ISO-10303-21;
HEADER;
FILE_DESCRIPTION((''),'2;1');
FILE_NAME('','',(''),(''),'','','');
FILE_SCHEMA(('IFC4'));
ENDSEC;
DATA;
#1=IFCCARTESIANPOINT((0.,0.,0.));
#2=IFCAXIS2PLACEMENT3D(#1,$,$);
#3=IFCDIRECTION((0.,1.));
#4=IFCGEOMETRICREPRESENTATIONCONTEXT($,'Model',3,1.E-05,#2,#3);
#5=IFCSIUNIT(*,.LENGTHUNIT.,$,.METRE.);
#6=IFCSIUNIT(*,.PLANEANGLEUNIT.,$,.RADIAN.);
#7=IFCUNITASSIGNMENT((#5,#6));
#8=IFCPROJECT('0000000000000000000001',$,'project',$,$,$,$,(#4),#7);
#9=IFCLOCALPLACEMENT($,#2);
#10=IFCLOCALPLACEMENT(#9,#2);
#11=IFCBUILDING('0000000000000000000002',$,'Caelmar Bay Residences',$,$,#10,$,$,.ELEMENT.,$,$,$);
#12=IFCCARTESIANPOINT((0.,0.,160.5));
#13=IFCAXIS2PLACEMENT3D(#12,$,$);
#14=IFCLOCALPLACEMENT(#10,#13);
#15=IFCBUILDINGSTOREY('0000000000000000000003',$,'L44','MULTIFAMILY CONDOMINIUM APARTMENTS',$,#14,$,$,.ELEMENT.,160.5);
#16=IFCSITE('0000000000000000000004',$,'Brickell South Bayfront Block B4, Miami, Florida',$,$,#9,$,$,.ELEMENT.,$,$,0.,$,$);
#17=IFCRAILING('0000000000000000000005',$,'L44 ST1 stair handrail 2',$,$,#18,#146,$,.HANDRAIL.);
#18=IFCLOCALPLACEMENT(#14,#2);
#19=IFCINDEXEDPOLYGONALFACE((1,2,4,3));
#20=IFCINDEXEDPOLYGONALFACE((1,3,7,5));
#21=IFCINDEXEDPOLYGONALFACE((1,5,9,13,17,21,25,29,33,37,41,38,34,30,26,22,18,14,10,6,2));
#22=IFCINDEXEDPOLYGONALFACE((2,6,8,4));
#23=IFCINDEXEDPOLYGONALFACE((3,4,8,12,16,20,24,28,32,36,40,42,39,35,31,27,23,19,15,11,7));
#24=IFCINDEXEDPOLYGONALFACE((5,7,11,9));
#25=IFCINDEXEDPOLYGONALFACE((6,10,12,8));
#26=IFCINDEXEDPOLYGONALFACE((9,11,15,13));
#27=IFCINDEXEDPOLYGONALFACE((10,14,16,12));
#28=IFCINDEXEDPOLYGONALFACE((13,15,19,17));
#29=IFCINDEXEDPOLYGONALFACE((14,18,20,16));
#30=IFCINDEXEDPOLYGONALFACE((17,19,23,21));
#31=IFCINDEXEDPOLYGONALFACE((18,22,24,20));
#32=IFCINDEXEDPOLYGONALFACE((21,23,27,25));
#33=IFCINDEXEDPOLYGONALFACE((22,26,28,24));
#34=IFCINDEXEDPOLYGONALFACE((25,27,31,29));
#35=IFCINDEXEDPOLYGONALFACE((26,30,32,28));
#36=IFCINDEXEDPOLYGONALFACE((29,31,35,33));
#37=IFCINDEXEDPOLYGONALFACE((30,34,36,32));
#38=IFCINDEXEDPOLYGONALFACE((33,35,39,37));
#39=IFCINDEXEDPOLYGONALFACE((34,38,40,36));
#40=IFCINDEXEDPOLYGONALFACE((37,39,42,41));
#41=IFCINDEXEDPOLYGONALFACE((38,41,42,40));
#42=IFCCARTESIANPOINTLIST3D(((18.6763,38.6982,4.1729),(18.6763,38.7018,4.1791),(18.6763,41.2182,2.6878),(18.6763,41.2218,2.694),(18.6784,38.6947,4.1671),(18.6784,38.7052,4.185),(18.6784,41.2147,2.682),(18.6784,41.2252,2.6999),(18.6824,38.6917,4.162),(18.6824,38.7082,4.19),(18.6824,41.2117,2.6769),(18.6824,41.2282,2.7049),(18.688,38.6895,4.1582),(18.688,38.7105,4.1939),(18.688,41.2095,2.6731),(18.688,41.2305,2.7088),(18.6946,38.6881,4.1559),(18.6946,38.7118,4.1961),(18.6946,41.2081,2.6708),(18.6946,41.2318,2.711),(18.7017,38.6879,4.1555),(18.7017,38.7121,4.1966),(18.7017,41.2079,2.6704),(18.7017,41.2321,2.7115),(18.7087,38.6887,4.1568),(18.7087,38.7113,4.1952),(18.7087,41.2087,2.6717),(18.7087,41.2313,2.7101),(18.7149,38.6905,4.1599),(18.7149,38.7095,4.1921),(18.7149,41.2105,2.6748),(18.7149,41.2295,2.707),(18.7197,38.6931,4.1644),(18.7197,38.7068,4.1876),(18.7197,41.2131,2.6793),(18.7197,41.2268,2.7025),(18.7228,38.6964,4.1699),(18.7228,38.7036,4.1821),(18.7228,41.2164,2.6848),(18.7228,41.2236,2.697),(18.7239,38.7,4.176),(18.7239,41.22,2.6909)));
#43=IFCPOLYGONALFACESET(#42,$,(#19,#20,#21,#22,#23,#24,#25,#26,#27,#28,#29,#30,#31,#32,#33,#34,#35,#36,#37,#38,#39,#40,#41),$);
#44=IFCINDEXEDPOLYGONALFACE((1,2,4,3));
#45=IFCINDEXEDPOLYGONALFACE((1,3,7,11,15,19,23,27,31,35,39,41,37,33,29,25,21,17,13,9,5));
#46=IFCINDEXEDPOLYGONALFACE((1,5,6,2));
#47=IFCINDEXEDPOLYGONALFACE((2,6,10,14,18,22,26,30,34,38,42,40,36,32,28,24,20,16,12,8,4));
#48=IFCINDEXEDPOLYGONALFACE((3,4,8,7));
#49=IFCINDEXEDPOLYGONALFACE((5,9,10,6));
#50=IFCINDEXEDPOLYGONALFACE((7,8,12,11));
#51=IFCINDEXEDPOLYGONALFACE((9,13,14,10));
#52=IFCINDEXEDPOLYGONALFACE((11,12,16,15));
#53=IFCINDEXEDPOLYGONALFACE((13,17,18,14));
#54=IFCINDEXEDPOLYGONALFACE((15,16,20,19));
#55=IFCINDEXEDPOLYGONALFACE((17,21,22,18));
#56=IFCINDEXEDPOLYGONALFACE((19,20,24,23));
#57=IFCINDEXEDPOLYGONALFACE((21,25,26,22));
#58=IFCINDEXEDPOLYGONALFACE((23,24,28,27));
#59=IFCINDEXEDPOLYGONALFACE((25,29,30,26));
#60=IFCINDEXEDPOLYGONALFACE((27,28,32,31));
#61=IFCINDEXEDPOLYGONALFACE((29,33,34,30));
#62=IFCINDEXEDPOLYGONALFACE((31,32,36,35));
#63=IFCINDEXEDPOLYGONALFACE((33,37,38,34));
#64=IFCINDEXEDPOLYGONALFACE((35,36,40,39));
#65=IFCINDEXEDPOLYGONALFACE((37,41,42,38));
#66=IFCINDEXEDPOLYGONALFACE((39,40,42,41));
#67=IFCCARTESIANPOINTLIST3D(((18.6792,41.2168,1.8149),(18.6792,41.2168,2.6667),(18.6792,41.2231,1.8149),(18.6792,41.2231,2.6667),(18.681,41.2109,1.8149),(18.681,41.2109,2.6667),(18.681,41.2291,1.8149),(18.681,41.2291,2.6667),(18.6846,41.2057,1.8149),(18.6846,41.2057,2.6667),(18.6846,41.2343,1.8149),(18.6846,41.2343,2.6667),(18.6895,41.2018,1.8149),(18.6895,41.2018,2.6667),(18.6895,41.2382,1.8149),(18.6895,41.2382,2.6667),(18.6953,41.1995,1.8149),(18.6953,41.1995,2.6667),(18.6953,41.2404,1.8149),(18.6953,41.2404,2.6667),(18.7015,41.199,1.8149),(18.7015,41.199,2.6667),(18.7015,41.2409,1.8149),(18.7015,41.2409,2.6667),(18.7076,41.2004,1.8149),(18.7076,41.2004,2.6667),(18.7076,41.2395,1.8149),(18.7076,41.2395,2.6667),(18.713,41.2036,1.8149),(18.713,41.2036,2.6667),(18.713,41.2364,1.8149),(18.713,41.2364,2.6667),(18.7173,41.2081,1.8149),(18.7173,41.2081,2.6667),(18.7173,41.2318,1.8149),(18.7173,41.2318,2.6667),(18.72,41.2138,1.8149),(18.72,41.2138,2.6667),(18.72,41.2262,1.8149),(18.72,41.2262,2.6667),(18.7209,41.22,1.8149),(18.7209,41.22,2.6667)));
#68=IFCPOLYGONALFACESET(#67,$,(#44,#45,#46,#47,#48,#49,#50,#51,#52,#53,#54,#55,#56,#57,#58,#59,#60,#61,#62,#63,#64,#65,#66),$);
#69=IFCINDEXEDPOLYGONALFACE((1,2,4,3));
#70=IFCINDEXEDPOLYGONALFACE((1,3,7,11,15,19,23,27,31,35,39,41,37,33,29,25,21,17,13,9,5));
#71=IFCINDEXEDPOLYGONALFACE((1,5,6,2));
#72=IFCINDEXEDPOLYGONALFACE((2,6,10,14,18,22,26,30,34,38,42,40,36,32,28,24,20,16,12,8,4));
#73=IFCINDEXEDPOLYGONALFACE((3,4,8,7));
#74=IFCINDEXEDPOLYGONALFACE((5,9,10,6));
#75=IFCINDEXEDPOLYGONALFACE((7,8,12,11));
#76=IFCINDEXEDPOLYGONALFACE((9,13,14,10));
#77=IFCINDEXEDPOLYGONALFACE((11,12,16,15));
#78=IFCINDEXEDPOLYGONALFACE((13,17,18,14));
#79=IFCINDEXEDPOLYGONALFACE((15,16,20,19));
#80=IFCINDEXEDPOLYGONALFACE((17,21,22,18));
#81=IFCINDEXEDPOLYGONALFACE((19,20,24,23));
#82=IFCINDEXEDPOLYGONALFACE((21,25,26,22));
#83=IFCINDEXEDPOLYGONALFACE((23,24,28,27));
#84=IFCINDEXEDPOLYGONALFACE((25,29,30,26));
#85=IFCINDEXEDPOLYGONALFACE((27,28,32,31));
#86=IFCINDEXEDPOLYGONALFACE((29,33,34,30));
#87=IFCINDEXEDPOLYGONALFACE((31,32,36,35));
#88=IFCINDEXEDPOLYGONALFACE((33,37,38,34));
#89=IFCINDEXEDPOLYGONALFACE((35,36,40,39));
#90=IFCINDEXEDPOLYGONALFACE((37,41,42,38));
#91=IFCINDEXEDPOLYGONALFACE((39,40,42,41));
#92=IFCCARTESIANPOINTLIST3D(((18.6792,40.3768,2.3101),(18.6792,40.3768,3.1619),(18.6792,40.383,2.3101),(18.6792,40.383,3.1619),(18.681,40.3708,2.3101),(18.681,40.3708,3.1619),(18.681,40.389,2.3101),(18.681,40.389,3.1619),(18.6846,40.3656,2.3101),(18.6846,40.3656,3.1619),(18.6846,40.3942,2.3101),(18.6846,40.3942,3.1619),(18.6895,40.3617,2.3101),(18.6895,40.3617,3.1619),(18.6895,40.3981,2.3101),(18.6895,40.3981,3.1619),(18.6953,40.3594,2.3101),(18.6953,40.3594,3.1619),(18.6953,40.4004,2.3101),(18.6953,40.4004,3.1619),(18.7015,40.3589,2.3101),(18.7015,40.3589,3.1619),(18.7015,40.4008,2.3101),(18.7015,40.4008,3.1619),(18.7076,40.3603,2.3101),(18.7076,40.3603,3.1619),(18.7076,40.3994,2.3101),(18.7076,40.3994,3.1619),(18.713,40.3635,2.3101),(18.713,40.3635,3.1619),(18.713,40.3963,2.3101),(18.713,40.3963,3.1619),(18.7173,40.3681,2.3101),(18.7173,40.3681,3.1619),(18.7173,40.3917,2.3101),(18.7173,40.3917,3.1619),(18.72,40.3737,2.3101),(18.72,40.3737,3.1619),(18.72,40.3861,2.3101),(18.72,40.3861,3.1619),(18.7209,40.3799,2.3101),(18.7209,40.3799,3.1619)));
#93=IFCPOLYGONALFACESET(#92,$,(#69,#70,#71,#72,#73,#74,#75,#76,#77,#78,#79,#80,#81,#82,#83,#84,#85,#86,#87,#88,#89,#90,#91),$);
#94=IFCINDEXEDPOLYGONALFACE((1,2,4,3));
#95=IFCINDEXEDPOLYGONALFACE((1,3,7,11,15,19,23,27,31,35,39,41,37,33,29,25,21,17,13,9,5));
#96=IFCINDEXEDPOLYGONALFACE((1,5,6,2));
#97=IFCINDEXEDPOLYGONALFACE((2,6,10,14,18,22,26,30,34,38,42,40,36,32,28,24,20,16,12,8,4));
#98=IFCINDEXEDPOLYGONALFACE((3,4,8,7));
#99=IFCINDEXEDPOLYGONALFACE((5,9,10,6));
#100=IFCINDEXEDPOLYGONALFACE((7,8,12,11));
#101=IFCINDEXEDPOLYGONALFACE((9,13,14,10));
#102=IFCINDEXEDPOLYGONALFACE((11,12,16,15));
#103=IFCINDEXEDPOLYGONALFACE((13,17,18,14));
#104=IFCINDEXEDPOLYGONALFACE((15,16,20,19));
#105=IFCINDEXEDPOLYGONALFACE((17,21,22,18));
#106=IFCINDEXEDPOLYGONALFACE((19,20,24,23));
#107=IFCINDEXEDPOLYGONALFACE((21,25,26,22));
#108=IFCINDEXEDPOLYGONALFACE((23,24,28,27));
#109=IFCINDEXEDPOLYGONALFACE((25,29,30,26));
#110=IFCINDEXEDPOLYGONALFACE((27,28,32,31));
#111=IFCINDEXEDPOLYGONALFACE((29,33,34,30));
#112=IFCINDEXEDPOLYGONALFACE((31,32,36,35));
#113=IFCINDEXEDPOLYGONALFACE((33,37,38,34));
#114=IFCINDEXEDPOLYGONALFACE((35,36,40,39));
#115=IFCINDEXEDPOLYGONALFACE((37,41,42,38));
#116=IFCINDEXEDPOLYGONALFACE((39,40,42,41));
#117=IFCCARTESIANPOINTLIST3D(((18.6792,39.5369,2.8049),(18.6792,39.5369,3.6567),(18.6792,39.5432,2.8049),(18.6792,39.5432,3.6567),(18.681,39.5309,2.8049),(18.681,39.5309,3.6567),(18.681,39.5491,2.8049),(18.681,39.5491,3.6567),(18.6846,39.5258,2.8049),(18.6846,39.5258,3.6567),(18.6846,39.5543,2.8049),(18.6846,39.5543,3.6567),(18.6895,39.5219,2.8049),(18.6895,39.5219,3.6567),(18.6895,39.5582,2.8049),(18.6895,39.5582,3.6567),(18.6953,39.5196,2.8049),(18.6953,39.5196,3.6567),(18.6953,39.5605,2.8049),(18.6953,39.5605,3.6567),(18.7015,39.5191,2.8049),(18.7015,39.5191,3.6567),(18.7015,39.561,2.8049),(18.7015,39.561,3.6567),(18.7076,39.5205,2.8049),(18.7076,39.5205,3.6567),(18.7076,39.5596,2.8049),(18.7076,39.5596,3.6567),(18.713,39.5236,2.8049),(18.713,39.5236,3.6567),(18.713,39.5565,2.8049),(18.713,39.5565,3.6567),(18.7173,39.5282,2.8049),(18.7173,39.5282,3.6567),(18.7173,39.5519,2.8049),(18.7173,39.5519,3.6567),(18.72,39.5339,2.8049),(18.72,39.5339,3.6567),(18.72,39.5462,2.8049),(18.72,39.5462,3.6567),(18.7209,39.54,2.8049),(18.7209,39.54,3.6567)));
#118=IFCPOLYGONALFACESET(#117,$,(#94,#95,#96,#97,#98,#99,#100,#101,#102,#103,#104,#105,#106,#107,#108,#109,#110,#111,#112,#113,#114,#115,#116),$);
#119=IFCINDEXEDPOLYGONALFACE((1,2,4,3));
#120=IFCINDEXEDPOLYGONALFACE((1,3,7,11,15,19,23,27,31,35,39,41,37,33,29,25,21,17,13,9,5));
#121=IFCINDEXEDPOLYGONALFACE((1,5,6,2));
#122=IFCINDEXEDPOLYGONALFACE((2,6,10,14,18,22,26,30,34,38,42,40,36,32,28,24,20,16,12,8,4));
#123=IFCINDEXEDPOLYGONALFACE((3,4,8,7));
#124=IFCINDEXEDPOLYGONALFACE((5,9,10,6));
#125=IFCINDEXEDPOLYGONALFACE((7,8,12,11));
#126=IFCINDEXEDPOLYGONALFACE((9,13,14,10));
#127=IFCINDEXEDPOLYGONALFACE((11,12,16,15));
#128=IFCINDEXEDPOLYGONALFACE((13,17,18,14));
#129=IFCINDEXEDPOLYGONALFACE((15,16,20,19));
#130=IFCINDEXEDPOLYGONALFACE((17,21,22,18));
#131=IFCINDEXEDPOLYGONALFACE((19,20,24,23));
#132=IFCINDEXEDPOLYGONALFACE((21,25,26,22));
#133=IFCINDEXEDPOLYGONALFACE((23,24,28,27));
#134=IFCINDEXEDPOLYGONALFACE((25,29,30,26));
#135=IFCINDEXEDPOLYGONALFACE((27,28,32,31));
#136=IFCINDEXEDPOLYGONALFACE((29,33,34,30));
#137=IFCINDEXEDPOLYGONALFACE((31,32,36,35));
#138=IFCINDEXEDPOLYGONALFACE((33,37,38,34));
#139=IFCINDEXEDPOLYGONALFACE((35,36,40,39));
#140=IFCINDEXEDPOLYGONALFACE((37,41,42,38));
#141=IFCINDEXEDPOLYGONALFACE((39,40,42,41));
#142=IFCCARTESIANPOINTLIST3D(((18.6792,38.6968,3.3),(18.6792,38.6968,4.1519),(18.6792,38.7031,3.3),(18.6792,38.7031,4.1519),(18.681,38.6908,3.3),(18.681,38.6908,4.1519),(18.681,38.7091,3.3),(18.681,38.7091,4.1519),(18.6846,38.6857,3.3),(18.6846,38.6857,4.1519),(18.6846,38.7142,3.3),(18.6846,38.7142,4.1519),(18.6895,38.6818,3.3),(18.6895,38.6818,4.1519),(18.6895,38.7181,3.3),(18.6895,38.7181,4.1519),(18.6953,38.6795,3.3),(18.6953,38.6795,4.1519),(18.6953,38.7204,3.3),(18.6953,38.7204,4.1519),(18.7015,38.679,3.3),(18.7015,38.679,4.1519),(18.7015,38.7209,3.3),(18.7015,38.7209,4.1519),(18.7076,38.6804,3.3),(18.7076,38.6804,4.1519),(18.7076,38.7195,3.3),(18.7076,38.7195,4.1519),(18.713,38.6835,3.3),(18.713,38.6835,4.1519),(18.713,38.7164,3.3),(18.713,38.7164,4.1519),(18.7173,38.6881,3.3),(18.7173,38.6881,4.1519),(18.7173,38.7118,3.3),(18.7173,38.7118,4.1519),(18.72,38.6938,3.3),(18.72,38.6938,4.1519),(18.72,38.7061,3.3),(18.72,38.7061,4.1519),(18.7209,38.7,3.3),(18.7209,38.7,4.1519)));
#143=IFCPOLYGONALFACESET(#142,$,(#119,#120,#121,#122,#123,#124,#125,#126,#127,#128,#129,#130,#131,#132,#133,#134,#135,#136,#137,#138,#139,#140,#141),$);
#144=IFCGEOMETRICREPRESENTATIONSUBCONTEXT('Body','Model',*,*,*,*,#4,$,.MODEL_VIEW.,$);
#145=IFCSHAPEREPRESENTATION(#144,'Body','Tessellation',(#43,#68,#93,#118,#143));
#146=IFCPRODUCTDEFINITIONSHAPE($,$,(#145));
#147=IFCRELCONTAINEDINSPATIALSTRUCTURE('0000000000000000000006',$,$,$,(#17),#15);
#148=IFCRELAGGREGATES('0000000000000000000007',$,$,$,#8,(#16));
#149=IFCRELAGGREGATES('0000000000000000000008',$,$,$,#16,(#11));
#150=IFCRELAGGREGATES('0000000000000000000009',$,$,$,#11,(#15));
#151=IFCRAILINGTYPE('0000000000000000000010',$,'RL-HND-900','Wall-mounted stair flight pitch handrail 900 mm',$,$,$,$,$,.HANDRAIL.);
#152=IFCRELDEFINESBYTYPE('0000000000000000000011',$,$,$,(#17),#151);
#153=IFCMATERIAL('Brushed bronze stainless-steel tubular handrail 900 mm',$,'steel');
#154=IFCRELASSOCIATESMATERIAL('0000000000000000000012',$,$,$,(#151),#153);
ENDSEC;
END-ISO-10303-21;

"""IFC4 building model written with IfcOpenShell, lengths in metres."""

from ifc_helpers import new_model, si_unit, direction, frame, origin, origin_2d, place, context, subcontext, project, spatial, circle, extrude, material, type_object, element, save


model = new_model("IFC4")

# Units and contexts
model_context = context("Model", 3, precision=1e-05, world=origin(), true_north=direction((0.0, 1.0)))
body_context = subcontext(model_context, "Body", "Model", "MODEL_VIEW")
ifc_project = project(units=[si_unit("LENGTHUNIT", "METRE"), si_unit("PLANEANGLEUNIT", "RADIAN")], contexts=[model_context])

# Site, building, storey
site_placement = place(None, origin())
site = spatial("IfcSite", under=ifc_project, at=site_placement, Name="Brickell South Bayfront Block B4, Miami, Florida", CompositionType="ELEMENT", RefElevation=0.0)
building_placement = place(site_placement, origin())
building = spatial("IfcBuilding", under=site, at=building_placement, Name="Caelmar Bay Residences", CompositionType="ELEMENT")
storey_placement = place(building_placement, frame((0.0, 0.0, 160.5)))
storey = spatial("IfcBuildingStorey", under=building, at=storey_placement, Name="L44", Description="MULTIFAMILY CONDOMINIUM APARTMENTS", CompositionType="ELEMENT", Elevation=160.5)

# Railing
ifc_material_1 = material(Name="Brushed bronze stainless-steel tubular handrail 900 mm", Category="steel")
railing_type_1 = type_object("IfcRailingType", Name="RL-HND-900", Description="Wall-mounted stair flight pitch handrail 900 mm", PredefinedType="HANDRAIL", material=ifc_material_1)
railing_1_placement = place(storey_placement, frame((18.7, 41.22, 1.8149)))
element("IfcRailing", 1, at=railing_1_placement, inside=storey, type_object=railing_type_1, Name="L44 ST1 stair handrail 2", PredefinedType="HANDRAIL", context=body_context, shape_type="SweptSolid", body=[
    extrude(circle(Radius=0.0239, at=origin_2d()), frame((0.0, 0.0, 0.876), z_axis=(0.0, -0.861524, 0.507717), x_axis=(1.0, 0.0, 0.0)), (0.0, 0.0, 1.0), 2.925),
    extrude(circle(Radius=0.021, at=origin_2d()), origin(), (0.0, 0.0, 1.0), 0.8518),
    extrude(circle(Radius=0.021, at=origin_2d()), frame((0.0, -0.8401, 0.4951)), (0.0, 0.0, 1.0), 0.8518),
    extrude(circle(Radius=0.021, at=origin_2d()), frame((0.0, -1.6799, 0.99)), (0.0, 0.0, 1.0), 0.8518),
    extrude(circle(Radius=0.021, at=origin_2d()), frame((0.0, -2.52, 1.4851)), (0.0, 0.0, 1.0), 0.8518),
])

save(model, "model.ifc")
